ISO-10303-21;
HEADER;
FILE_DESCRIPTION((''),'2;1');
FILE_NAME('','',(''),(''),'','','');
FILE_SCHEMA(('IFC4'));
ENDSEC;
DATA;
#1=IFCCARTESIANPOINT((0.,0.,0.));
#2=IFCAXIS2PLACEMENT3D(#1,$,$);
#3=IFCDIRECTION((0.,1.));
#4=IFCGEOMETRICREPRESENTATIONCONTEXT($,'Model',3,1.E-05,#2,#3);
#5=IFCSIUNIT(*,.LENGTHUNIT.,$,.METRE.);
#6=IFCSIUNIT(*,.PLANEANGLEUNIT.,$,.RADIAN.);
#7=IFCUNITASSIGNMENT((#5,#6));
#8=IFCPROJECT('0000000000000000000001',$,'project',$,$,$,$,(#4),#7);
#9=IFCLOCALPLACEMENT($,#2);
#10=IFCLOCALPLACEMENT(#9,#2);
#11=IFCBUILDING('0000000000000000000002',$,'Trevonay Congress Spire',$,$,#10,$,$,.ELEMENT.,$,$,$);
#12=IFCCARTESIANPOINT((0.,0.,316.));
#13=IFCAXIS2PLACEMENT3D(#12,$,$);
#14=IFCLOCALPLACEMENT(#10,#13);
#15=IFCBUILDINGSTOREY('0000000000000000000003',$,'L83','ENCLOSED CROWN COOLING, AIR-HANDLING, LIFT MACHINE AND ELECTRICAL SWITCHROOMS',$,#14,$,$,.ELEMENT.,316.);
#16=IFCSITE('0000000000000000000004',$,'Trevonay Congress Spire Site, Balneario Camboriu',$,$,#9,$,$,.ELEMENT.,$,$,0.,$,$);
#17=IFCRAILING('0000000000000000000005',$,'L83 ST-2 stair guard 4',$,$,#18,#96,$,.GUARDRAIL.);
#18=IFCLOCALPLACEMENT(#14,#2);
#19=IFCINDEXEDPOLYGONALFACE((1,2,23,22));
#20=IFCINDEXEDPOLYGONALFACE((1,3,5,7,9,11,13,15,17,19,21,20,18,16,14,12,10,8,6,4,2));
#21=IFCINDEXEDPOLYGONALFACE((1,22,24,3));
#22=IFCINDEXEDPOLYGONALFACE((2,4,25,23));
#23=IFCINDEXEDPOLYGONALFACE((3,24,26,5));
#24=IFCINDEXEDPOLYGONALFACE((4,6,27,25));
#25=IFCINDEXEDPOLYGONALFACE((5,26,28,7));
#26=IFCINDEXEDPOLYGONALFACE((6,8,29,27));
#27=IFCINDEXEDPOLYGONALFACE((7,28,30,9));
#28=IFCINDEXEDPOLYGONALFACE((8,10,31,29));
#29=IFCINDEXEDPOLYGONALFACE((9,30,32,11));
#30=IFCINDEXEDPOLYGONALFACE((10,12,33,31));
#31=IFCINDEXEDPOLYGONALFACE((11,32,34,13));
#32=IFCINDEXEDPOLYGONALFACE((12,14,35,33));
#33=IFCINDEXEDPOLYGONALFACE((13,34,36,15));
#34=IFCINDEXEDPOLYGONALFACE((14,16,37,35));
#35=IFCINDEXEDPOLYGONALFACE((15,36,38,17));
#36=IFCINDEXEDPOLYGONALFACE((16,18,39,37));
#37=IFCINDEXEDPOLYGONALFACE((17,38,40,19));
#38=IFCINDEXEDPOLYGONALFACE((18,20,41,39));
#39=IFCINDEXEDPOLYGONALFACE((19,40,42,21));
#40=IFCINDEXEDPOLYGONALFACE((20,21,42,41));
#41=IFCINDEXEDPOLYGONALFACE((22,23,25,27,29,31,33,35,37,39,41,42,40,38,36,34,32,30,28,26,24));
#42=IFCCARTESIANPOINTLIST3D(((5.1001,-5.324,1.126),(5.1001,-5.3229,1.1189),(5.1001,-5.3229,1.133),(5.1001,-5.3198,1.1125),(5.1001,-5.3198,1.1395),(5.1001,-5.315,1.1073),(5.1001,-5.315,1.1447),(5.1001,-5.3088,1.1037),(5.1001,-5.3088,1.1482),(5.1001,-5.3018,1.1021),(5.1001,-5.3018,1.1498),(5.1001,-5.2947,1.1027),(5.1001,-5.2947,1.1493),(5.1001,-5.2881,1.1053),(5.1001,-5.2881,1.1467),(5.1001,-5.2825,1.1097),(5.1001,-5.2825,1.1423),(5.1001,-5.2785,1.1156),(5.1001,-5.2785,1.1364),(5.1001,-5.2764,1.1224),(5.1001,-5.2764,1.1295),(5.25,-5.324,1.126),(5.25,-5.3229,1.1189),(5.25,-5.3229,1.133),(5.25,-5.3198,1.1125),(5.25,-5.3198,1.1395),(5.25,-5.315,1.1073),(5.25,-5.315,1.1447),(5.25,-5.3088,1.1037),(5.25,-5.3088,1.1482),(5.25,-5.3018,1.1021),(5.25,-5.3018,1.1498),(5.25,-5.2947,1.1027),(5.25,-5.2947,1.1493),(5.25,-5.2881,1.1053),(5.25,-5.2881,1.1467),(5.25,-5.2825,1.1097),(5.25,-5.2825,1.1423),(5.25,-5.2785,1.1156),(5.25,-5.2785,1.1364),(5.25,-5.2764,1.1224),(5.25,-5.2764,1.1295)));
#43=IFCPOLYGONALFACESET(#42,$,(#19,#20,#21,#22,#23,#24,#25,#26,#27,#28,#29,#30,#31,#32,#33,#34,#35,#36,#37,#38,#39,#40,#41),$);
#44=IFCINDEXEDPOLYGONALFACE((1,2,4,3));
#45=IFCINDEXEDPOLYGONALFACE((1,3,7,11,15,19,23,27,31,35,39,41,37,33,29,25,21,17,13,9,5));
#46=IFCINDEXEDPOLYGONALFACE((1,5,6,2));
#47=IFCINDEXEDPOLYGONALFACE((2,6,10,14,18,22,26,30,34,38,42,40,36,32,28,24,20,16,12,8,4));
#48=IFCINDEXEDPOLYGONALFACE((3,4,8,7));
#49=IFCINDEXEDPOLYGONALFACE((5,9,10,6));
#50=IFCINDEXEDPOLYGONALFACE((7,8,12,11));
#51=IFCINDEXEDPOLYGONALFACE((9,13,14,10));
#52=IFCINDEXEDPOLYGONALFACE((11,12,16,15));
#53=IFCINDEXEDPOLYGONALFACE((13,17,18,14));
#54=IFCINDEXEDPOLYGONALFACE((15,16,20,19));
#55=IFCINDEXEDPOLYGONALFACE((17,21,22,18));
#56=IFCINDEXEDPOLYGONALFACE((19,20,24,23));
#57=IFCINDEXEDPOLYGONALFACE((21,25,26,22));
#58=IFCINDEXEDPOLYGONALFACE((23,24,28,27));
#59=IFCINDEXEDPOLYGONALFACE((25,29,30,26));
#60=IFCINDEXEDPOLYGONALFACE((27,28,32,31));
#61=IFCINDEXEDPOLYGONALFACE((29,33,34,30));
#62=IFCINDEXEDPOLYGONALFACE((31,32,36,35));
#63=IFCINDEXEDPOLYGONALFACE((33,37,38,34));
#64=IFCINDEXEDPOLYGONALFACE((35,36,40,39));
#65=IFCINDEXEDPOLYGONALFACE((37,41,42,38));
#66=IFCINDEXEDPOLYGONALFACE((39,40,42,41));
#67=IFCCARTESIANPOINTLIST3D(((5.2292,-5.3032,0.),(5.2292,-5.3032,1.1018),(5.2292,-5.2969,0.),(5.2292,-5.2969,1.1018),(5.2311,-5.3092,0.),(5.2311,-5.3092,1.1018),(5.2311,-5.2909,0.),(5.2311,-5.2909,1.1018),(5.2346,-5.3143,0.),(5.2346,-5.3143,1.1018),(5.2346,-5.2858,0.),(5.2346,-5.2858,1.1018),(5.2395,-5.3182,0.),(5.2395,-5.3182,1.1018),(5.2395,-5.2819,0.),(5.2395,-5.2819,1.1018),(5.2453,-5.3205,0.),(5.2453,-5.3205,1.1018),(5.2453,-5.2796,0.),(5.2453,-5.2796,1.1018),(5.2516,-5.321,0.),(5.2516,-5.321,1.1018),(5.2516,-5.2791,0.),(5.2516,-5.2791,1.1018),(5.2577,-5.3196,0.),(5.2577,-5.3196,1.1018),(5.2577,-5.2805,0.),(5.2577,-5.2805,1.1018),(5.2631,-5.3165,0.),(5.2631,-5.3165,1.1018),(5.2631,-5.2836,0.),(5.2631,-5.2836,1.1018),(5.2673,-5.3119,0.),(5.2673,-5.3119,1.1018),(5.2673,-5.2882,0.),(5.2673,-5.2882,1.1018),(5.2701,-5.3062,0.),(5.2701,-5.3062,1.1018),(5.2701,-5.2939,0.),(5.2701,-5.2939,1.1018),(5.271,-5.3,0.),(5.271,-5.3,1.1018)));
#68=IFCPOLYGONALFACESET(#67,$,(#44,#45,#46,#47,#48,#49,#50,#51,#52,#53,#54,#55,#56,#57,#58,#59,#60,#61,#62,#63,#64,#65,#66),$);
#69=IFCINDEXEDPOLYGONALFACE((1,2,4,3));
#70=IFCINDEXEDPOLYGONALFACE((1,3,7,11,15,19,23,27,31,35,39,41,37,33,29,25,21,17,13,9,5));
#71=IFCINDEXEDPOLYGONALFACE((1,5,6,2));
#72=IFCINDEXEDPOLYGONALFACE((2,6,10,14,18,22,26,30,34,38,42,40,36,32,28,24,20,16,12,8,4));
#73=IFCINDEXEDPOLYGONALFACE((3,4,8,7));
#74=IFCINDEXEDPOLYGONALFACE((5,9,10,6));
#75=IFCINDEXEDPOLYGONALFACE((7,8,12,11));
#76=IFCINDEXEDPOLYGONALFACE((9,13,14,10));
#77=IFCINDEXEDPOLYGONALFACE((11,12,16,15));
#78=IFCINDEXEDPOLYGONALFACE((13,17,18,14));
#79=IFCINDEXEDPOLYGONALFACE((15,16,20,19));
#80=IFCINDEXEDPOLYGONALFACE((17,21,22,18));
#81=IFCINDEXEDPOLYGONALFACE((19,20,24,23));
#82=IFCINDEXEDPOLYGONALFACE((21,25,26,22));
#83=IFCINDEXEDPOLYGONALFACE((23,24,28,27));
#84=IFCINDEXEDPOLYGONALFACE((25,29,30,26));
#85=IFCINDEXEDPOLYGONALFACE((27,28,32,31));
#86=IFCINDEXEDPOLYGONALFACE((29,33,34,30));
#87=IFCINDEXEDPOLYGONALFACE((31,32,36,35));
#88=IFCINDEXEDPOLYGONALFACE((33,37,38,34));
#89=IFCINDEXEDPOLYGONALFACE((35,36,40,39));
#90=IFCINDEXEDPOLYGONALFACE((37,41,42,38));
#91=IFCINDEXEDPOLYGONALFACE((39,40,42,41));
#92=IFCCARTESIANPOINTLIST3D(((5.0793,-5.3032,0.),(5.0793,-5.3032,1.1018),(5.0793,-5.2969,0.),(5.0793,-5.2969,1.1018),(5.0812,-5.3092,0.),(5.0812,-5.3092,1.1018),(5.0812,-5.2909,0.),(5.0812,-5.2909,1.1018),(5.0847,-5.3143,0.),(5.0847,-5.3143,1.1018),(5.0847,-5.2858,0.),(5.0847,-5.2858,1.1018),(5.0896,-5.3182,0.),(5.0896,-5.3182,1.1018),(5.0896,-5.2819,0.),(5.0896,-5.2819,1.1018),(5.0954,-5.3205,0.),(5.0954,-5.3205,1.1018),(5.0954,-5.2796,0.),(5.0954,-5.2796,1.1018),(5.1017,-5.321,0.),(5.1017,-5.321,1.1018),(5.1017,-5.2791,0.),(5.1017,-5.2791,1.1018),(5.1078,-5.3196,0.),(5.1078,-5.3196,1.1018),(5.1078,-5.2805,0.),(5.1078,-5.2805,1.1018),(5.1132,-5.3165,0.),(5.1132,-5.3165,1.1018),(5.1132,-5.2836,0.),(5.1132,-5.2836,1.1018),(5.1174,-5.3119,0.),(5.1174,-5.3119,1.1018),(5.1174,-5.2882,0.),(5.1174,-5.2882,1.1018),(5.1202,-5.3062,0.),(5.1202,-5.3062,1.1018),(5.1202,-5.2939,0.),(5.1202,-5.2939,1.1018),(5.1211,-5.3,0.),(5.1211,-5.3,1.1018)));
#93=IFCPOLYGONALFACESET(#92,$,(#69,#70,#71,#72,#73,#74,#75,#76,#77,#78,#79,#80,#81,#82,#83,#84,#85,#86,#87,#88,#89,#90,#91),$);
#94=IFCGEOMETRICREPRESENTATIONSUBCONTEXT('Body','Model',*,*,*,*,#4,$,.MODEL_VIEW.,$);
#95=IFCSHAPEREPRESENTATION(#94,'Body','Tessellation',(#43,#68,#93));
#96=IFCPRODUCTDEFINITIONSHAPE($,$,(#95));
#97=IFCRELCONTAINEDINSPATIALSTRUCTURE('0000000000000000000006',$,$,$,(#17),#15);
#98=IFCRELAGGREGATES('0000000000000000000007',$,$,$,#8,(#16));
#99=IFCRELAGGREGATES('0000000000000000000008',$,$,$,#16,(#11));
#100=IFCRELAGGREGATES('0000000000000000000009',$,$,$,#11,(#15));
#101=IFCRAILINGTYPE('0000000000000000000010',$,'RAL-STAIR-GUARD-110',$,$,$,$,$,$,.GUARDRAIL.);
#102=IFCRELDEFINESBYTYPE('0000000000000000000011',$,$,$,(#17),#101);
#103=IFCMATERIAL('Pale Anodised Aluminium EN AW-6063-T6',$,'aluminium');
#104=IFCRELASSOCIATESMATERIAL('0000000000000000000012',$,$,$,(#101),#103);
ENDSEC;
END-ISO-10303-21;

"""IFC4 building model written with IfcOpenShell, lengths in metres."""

from ifc_helpers import new_model, si_unit, direction, frame, origin, origin_2d, place, context, subcontext, project, spatial, circle, extrude, material, type_object, element, save


model = new_model("IFC4")

# Units and contexts
model_context = context("Model", 3, precision=1e-05, world=origin(), true_north=direction((0.0, 1.0)))
body_context = subcontext(model_context, "Body", "Model", "MODEL_VIEW")
ifc_project = project(units=[si_unit("LENGTHUNIT", "METRE"), si_unit("PLANEANGLEUNIT", "RADIAN")], contexts=[model_context])

# Site, building, storey
site_placement = place(None, origin())
site = spatial("IfcSite", under=ifc_project, at=site_placement, Name="Trevonay Congress Spire Site, Balneario Camboriu", CompositionType="ELEMENT", RefElevation=0.0)
building_placement = place(site_placement, origin())
building = spatial("IfcBuilding", under=site, at=building_placement, Name="Trevonay Congress Spire", CompositionType="ELEMENT")
storey_placement = place(building_placement, frame((0.0, 0.0, 316.0)))
storey = spatial("IfcBuildingStorey", under=building, at=storey_placement, Name="L83", Description="ENCLOSED CROWN COOLING, AIR-HANDLING, LIFT MACHINE AND ELECTRICAL SWITCHROOMS", CompositionType="ELEMENT", Elevation=316.0)

# Shared definitions
ifc_material_1 = material(Name="Pale Anodised Aluminium EN AW-6063-T6", Category="aluminium")

# Railing
railing_type_1 = type_object("IfcRailingType", Name="RAL-STAIR-GUARD-110", PredefinedType="GUARDRAIL", material=ifc_material_1)
railing_1_placement = place(storey_placement, frame((5.25, -5.3, 0.0)))
element("IfcRailing", 1, at=railing_1_placement, inside=storey, type_object=railing_type_1, Name="L83 ST-2 stair guard 4", PredefinedType="GUARDRAIL", context=body_context, shape_type="SweptSolid", body=[
    extrude(circle(Radius=0.0239, at=origin_2d()), frame((0.0, 0.0, 1.126), z_axis=(-1.0, 0.0, 0.0), x_axis=(0.0, -1.0, 0.0)), (0.0, 0.0, 1.0), 0.1499),
    extrude(circle(Radius=0.021, at=origin_2d()), origin(), (0.0, 0.0, 1.0), 1.1018),
    extrude(circle(Radius=0.021, at=origin_2d()), frame((-0.1499, 0.0, 0.0)), (0.0, 0.0, 1.0), 1.1018),
])

save(model, "model.ifc")
